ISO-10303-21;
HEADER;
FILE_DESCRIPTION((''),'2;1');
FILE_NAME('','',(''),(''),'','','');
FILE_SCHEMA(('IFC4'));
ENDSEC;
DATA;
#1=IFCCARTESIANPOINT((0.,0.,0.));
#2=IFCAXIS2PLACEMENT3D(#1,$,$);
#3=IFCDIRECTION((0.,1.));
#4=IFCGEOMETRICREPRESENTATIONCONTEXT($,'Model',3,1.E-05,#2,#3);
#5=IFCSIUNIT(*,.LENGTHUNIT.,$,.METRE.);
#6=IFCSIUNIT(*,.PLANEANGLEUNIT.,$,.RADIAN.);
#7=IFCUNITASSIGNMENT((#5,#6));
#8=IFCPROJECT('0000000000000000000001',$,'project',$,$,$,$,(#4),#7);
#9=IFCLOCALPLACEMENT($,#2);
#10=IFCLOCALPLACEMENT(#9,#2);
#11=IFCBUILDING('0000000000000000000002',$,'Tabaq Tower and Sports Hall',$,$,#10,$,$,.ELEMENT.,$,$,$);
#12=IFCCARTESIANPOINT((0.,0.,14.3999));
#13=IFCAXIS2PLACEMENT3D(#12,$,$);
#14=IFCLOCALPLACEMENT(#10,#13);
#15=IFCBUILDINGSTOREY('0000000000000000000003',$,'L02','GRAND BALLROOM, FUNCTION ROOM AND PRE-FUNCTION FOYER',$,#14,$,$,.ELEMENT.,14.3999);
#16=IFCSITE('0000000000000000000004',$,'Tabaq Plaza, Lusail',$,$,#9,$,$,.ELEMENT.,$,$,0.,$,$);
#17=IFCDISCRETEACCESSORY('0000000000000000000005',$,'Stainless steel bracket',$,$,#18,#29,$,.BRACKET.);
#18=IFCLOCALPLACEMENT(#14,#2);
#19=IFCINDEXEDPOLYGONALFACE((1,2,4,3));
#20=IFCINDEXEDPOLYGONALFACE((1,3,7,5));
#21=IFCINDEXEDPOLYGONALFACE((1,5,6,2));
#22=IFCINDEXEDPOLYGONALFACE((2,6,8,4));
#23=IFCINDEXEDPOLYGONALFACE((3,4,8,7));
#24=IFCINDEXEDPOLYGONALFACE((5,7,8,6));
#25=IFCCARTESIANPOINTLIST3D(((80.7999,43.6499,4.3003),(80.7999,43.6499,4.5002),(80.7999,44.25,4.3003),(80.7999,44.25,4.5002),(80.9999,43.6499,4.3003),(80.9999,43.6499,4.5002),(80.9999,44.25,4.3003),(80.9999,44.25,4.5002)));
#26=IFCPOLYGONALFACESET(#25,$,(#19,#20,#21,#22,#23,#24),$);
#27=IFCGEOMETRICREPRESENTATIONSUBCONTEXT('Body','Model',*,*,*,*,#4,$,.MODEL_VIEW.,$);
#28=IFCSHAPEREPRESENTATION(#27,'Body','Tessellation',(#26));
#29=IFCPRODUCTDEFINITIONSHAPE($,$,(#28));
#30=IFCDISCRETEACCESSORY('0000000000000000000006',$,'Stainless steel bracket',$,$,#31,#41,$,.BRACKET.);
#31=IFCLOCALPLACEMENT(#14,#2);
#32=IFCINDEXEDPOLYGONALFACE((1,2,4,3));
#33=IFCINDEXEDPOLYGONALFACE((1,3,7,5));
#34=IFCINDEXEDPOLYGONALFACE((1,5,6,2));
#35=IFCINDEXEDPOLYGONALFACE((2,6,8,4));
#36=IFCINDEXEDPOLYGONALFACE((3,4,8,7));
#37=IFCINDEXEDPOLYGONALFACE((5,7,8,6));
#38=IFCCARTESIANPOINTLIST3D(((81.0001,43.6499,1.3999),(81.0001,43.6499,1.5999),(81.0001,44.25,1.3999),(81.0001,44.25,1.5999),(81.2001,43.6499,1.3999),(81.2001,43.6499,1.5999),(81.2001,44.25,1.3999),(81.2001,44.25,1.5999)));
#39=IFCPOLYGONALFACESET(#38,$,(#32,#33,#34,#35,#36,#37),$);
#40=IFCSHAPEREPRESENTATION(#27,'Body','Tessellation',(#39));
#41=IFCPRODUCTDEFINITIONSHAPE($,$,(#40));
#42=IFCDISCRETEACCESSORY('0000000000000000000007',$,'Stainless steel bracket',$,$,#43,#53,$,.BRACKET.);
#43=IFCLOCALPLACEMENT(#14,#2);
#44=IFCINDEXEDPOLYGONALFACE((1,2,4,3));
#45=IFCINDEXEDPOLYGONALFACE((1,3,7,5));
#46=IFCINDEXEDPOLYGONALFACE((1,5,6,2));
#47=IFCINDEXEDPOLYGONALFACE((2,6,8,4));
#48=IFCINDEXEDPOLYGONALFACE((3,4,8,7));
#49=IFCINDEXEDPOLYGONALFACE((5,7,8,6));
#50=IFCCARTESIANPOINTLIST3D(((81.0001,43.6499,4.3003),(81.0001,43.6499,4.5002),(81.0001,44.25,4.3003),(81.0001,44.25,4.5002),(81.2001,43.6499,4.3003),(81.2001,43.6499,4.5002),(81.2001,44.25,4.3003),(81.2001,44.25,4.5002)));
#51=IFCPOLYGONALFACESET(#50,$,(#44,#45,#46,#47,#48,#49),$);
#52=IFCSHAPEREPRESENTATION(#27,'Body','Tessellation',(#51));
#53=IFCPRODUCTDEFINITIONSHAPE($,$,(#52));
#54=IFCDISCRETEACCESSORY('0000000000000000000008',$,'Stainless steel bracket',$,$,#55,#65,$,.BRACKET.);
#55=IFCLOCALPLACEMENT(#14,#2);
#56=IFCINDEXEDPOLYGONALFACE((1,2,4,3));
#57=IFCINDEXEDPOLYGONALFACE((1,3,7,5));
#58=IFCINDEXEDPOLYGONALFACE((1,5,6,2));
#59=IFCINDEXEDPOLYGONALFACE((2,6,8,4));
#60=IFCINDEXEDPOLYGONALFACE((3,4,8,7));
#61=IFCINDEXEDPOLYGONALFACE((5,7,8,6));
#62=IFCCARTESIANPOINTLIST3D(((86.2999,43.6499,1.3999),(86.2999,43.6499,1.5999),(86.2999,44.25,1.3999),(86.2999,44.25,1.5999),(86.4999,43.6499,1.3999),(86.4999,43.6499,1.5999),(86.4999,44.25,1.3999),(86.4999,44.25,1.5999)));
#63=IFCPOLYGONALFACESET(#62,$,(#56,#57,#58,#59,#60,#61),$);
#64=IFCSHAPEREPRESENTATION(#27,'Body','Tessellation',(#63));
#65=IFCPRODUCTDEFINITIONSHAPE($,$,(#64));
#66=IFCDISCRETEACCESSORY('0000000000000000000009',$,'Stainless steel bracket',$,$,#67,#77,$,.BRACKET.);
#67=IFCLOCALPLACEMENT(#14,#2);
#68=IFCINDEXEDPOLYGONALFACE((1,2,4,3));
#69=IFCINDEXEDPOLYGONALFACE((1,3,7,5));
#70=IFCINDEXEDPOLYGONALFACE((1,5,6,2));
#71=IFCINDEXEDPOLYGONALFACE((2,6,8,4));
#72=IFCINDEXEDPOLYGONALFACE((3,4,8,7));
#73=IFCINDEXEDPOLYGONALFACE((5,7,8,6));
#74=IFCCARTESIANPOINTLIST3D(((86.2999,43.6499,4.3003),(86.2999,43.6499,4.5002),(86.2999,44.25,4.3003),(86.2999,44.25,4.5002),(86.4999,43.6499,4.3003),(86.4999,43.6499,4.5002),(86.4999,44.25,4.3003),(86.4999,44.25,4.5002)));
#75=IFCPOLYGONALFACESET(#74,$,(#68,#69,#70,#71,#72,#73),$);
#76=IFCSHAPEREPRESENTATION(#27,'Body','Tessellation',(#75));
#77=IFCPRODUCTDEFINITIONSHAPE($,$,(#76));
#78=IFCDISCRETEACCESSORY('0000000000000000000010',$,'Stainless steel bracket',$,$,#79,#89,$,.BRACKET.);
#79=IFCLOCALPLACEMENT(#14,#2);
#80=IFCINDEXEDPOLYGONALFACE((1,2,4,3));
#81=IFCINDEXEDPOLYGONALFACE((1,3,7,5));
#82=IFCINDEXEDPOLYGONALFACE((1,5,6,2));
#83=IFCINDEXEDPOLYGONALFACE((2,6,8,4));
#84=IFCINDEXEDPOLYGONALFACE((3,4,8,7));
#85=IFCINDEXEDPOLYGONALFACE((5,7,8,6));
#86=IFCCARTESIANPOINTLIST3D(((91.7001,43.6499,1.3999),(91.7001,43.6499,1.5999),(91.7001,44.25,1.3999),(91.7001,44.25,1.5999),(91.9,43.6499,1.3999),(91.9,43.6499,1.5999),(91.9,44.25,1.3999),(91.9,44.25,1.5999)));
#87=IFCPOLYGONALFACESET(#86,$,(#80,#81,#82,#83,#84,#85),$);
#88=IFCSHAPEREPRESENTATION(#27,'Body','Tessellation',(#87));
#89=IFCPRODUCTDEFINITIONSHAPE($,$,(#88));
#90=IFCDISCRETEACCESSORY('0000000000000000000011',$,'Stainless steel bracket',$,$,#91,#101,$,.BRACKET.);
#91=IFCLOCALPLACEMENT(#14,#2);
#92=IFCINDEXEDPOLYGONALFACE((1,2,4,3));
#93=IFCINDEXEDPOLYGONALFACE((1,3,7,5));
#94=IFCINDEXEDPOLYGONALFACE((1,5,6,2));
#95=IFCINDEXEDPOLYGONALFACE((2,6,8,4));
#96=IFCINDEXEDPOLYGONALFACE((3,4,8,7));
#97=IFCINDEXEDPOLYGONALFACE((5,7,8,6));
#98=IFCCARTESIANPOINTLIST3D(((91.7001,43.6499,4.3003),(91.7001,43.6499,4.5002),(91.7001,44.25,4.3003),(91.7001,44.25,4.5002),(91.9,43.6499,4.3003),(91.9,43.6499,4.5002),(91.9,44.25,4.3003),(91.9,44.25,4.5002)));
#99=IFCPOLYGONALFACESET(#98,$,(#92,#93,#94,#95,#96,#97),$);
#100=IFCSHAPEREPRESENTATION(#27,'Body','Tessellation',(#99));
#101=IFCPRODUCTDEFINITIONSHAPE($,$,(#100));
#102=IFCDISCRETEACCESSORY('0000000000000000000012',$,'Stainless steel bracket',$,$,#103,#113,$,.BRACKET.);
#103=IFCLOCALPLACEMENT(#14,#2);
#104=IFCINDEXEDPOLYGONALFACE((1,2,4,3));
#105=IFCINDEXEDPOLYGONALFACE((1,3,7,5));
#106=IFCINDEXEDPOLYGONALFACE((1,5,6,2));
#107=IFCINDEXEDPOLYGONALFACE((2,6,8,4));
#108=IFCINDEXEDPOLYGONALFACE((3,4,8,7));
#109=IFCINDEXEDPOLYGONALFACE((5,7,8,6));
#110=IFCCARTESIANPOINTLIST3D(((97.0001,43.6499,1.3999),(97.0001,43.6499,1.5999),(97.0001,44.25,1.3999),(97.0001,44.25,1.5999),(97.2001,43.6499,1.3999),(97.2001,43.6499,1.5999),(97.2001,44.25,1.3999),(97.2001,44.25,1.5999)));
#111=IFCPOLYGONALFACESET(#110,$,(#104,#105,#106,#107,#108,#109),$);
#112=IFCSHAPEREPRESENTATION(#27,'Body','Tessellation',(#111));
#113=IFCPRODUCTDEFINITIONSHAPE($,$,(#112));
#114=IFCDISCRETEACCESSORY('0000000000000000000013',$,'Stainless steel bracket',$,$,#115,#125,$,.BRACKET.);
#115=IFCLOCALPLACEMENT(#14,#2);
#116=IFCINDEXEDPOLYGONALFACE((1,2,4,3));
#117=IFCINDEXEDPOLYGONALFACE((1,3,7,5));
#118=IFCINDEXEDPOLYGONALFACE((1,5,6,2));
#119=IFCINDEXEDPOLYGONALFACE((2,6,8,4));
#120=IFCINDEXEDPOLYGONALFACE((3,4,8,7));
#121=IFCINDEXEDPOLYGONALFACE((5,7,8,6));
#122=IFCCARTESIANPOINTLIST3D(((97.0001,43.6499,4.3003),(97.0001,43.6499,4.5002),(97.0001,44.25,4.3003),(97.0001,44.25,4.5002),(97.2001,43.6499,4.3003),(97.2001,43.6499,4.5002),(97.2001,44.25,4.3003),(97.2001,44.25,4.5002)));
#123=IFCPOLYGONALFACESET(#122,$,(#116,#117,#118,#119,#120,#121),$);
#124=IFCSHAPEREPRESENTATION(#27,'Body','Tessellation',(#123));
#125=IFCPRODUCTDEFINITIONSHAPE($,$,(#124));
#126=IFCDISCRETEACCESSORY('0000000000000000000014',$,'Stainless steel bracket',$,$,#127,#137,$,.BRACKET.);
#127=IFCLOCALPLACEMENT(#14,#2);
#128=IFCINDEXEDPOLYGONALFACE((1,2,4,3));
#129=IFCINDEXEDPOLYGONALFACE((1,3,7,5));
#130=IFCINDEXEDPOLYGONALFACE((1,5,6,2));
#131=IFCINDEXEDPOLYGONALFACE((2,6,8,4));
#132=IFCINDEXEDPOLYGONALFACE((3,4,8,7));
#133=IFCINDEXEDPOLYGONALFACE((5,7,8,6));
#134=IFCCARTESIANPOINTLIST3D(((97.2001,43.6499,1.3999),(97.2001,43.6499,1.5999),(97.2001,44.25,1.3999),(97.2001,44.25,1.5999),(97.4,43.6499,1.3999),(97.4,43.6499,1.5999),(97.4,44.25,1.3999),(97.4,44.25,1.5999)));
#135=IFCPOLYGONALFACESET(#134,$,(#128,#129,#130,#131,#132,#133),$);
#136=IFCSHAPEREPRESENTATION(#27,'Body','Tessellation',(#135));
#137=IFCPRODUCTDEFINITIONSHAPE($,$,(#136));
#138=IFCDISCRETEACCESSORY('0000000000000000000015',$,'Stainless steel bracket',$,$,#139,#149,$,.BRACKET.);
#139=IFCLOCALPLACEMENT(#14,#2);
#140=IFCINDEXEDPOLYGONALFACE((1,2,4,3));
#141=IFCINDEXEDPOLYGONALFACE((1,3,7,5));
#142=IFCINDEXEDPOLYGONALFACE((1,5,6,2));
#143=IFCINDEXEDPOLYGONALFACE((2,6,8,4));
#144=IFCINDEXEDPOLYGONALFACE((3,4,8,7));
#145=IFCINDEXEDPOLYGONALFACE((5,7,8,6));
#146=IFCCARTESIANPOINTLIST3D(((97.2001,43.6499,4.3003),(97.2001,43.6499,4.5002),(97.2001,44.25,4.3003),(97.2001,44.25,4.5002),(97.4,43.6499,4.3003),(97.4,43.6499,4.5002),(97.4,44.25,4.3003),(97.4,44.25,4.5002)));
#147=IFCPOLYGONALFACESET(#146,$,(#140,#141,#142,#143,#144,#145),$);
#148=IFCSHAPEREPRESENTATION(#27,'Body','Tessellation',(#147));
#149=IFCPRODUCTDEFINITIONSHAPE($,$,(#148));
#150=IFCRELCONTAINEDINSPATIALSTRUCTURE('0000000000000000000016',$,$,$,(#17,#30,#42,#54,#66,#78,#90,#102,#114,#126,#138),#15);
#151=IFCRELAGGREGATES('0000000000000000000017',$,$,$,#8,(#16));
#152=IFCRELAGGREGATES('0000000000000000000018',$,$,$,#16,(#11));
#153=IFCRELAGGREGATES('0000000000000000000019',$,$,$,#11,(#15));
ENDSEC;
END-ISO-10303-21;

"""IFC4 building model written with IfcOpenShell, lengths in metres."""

from ifc_helpers import new_model, si_unit, direction, frame, origin, origin_2d, place, context, subcontext, project, spatial, rectangle, extrude, element, save


model = new_model("IFC4")

# Units and contexts
model_context = context("Model", 3, precision=1e-05, world=origin(), true_north=direction((0.0, 1.0)))
body_context = subcontext(model_context, "Body", "Model", "MODEL_VIEW")
ifc_project = project(units=[si_unit("LENGTHUNIT", "METRE"), si_unit("PLANEANGLEUNIT", "RADIAN")], contexts=[model_context])

# Site, building, storey
site_placement = place(None, origin())
site = spatial("IfcSite", under=ifc_project, at=site_placement, Name="Tabaq Plaza, Lusail", CompositionType="ELEMENT", RefElevation=0.0)
building_placement = place(site_placement, origin())
building = spatial("IfcBuilding", under=site, at=building_placement, Name="Tabaq Tower and Sports Hall", CompositionType="ELEMENT")
storey_placement = place(building_placement, frame((0.0, 0.0, 14.3999)))
storey = spatial("IfcBuildingStorey", under=building, at=storey_placement, Name="L02", Description="GRAND BALLROOM, FUNCTION ROOM AND PRE-FUNCTION FOYER", CompositionType="ELEMENT", Elevation=14.3999)

# Discrete accessories
for number, where, z_axis, x_axis, name in (
    (1, (80.8999, 43.95, 4.3003), (0.0, 0.0, 1.0), (1.0, 0.0, 0.0), "Stainless steel bracket"),
    (2, (81.1001, 43.95, 1.3999), (0.0, 0.0, 1.0), (1.0, 0.0, 0.0), "Stainless steel bracket"),
    (3, (81.1001, 43.95, 4.3003), (0.0, 0.0, 1.0), (1.0, 0.0, 0.0), "Stainless steel bracket"),
    (4, (86.3999, 43.95, 1.3999), (0.0, 0.0, 1.0), (1.0, 0.0, 0.0), "Stainless steel bracket"),
    (5, (86.3999, 43.95, 4.3003), (0.0, 0.0, 1.0), (1.0, 0.0, 0.0), "Stainless steel bracket"),
    (6, (91.8, 43.95, 1.3999), (0.0, 0.0, 1.0), (1.0, 0.0, 0.0), "Stainless steel bracket"),
    (7, (91.8, 43.95, 4.3003), (0.0, 0.0, 1.0), (1.0, 0.0, 0.0), "Stainless steel bracket"),
    (8, (97.1001, 43.95, 1.3999), (0.0, 0.0, 1.0), (1.0, 0.0, 0.0), "Stainless steel bracket"),
    (9, (97.1001, 43.95, 4.3003), (0.0, 0.0, 1.0), (1.0, 0.0, 0.0), "Stainless steel bracket"),
    (10, (97.3, 43.95, 1.3999), (0.0, 0.0, 1.0), (1.0, 0.0, 0.0), "Stainless steel bracket"),
    (11, (97.3, 43.95, 4.3003), (0.0, 0.0, 1.0), (1.0, 0.0, 0.0), "Stainless steel bracket"),
):
    element("IfcDiscreteAccessory", number, at=place(storey_placement, frame(where, z_axis=z_axis, x_axis=x_axis)), inside=storey, Name=name, PredefinedType="BRACKET", context=body_context, shape_type="SweptSolid", body=[
        extrude(rectangle(XDim=0.2, YDim=0.6001, at=origin_2d()), origin(), (0.0, 0.0, 1.0), 0.2),
    ])

save(model, "model.ifc")
